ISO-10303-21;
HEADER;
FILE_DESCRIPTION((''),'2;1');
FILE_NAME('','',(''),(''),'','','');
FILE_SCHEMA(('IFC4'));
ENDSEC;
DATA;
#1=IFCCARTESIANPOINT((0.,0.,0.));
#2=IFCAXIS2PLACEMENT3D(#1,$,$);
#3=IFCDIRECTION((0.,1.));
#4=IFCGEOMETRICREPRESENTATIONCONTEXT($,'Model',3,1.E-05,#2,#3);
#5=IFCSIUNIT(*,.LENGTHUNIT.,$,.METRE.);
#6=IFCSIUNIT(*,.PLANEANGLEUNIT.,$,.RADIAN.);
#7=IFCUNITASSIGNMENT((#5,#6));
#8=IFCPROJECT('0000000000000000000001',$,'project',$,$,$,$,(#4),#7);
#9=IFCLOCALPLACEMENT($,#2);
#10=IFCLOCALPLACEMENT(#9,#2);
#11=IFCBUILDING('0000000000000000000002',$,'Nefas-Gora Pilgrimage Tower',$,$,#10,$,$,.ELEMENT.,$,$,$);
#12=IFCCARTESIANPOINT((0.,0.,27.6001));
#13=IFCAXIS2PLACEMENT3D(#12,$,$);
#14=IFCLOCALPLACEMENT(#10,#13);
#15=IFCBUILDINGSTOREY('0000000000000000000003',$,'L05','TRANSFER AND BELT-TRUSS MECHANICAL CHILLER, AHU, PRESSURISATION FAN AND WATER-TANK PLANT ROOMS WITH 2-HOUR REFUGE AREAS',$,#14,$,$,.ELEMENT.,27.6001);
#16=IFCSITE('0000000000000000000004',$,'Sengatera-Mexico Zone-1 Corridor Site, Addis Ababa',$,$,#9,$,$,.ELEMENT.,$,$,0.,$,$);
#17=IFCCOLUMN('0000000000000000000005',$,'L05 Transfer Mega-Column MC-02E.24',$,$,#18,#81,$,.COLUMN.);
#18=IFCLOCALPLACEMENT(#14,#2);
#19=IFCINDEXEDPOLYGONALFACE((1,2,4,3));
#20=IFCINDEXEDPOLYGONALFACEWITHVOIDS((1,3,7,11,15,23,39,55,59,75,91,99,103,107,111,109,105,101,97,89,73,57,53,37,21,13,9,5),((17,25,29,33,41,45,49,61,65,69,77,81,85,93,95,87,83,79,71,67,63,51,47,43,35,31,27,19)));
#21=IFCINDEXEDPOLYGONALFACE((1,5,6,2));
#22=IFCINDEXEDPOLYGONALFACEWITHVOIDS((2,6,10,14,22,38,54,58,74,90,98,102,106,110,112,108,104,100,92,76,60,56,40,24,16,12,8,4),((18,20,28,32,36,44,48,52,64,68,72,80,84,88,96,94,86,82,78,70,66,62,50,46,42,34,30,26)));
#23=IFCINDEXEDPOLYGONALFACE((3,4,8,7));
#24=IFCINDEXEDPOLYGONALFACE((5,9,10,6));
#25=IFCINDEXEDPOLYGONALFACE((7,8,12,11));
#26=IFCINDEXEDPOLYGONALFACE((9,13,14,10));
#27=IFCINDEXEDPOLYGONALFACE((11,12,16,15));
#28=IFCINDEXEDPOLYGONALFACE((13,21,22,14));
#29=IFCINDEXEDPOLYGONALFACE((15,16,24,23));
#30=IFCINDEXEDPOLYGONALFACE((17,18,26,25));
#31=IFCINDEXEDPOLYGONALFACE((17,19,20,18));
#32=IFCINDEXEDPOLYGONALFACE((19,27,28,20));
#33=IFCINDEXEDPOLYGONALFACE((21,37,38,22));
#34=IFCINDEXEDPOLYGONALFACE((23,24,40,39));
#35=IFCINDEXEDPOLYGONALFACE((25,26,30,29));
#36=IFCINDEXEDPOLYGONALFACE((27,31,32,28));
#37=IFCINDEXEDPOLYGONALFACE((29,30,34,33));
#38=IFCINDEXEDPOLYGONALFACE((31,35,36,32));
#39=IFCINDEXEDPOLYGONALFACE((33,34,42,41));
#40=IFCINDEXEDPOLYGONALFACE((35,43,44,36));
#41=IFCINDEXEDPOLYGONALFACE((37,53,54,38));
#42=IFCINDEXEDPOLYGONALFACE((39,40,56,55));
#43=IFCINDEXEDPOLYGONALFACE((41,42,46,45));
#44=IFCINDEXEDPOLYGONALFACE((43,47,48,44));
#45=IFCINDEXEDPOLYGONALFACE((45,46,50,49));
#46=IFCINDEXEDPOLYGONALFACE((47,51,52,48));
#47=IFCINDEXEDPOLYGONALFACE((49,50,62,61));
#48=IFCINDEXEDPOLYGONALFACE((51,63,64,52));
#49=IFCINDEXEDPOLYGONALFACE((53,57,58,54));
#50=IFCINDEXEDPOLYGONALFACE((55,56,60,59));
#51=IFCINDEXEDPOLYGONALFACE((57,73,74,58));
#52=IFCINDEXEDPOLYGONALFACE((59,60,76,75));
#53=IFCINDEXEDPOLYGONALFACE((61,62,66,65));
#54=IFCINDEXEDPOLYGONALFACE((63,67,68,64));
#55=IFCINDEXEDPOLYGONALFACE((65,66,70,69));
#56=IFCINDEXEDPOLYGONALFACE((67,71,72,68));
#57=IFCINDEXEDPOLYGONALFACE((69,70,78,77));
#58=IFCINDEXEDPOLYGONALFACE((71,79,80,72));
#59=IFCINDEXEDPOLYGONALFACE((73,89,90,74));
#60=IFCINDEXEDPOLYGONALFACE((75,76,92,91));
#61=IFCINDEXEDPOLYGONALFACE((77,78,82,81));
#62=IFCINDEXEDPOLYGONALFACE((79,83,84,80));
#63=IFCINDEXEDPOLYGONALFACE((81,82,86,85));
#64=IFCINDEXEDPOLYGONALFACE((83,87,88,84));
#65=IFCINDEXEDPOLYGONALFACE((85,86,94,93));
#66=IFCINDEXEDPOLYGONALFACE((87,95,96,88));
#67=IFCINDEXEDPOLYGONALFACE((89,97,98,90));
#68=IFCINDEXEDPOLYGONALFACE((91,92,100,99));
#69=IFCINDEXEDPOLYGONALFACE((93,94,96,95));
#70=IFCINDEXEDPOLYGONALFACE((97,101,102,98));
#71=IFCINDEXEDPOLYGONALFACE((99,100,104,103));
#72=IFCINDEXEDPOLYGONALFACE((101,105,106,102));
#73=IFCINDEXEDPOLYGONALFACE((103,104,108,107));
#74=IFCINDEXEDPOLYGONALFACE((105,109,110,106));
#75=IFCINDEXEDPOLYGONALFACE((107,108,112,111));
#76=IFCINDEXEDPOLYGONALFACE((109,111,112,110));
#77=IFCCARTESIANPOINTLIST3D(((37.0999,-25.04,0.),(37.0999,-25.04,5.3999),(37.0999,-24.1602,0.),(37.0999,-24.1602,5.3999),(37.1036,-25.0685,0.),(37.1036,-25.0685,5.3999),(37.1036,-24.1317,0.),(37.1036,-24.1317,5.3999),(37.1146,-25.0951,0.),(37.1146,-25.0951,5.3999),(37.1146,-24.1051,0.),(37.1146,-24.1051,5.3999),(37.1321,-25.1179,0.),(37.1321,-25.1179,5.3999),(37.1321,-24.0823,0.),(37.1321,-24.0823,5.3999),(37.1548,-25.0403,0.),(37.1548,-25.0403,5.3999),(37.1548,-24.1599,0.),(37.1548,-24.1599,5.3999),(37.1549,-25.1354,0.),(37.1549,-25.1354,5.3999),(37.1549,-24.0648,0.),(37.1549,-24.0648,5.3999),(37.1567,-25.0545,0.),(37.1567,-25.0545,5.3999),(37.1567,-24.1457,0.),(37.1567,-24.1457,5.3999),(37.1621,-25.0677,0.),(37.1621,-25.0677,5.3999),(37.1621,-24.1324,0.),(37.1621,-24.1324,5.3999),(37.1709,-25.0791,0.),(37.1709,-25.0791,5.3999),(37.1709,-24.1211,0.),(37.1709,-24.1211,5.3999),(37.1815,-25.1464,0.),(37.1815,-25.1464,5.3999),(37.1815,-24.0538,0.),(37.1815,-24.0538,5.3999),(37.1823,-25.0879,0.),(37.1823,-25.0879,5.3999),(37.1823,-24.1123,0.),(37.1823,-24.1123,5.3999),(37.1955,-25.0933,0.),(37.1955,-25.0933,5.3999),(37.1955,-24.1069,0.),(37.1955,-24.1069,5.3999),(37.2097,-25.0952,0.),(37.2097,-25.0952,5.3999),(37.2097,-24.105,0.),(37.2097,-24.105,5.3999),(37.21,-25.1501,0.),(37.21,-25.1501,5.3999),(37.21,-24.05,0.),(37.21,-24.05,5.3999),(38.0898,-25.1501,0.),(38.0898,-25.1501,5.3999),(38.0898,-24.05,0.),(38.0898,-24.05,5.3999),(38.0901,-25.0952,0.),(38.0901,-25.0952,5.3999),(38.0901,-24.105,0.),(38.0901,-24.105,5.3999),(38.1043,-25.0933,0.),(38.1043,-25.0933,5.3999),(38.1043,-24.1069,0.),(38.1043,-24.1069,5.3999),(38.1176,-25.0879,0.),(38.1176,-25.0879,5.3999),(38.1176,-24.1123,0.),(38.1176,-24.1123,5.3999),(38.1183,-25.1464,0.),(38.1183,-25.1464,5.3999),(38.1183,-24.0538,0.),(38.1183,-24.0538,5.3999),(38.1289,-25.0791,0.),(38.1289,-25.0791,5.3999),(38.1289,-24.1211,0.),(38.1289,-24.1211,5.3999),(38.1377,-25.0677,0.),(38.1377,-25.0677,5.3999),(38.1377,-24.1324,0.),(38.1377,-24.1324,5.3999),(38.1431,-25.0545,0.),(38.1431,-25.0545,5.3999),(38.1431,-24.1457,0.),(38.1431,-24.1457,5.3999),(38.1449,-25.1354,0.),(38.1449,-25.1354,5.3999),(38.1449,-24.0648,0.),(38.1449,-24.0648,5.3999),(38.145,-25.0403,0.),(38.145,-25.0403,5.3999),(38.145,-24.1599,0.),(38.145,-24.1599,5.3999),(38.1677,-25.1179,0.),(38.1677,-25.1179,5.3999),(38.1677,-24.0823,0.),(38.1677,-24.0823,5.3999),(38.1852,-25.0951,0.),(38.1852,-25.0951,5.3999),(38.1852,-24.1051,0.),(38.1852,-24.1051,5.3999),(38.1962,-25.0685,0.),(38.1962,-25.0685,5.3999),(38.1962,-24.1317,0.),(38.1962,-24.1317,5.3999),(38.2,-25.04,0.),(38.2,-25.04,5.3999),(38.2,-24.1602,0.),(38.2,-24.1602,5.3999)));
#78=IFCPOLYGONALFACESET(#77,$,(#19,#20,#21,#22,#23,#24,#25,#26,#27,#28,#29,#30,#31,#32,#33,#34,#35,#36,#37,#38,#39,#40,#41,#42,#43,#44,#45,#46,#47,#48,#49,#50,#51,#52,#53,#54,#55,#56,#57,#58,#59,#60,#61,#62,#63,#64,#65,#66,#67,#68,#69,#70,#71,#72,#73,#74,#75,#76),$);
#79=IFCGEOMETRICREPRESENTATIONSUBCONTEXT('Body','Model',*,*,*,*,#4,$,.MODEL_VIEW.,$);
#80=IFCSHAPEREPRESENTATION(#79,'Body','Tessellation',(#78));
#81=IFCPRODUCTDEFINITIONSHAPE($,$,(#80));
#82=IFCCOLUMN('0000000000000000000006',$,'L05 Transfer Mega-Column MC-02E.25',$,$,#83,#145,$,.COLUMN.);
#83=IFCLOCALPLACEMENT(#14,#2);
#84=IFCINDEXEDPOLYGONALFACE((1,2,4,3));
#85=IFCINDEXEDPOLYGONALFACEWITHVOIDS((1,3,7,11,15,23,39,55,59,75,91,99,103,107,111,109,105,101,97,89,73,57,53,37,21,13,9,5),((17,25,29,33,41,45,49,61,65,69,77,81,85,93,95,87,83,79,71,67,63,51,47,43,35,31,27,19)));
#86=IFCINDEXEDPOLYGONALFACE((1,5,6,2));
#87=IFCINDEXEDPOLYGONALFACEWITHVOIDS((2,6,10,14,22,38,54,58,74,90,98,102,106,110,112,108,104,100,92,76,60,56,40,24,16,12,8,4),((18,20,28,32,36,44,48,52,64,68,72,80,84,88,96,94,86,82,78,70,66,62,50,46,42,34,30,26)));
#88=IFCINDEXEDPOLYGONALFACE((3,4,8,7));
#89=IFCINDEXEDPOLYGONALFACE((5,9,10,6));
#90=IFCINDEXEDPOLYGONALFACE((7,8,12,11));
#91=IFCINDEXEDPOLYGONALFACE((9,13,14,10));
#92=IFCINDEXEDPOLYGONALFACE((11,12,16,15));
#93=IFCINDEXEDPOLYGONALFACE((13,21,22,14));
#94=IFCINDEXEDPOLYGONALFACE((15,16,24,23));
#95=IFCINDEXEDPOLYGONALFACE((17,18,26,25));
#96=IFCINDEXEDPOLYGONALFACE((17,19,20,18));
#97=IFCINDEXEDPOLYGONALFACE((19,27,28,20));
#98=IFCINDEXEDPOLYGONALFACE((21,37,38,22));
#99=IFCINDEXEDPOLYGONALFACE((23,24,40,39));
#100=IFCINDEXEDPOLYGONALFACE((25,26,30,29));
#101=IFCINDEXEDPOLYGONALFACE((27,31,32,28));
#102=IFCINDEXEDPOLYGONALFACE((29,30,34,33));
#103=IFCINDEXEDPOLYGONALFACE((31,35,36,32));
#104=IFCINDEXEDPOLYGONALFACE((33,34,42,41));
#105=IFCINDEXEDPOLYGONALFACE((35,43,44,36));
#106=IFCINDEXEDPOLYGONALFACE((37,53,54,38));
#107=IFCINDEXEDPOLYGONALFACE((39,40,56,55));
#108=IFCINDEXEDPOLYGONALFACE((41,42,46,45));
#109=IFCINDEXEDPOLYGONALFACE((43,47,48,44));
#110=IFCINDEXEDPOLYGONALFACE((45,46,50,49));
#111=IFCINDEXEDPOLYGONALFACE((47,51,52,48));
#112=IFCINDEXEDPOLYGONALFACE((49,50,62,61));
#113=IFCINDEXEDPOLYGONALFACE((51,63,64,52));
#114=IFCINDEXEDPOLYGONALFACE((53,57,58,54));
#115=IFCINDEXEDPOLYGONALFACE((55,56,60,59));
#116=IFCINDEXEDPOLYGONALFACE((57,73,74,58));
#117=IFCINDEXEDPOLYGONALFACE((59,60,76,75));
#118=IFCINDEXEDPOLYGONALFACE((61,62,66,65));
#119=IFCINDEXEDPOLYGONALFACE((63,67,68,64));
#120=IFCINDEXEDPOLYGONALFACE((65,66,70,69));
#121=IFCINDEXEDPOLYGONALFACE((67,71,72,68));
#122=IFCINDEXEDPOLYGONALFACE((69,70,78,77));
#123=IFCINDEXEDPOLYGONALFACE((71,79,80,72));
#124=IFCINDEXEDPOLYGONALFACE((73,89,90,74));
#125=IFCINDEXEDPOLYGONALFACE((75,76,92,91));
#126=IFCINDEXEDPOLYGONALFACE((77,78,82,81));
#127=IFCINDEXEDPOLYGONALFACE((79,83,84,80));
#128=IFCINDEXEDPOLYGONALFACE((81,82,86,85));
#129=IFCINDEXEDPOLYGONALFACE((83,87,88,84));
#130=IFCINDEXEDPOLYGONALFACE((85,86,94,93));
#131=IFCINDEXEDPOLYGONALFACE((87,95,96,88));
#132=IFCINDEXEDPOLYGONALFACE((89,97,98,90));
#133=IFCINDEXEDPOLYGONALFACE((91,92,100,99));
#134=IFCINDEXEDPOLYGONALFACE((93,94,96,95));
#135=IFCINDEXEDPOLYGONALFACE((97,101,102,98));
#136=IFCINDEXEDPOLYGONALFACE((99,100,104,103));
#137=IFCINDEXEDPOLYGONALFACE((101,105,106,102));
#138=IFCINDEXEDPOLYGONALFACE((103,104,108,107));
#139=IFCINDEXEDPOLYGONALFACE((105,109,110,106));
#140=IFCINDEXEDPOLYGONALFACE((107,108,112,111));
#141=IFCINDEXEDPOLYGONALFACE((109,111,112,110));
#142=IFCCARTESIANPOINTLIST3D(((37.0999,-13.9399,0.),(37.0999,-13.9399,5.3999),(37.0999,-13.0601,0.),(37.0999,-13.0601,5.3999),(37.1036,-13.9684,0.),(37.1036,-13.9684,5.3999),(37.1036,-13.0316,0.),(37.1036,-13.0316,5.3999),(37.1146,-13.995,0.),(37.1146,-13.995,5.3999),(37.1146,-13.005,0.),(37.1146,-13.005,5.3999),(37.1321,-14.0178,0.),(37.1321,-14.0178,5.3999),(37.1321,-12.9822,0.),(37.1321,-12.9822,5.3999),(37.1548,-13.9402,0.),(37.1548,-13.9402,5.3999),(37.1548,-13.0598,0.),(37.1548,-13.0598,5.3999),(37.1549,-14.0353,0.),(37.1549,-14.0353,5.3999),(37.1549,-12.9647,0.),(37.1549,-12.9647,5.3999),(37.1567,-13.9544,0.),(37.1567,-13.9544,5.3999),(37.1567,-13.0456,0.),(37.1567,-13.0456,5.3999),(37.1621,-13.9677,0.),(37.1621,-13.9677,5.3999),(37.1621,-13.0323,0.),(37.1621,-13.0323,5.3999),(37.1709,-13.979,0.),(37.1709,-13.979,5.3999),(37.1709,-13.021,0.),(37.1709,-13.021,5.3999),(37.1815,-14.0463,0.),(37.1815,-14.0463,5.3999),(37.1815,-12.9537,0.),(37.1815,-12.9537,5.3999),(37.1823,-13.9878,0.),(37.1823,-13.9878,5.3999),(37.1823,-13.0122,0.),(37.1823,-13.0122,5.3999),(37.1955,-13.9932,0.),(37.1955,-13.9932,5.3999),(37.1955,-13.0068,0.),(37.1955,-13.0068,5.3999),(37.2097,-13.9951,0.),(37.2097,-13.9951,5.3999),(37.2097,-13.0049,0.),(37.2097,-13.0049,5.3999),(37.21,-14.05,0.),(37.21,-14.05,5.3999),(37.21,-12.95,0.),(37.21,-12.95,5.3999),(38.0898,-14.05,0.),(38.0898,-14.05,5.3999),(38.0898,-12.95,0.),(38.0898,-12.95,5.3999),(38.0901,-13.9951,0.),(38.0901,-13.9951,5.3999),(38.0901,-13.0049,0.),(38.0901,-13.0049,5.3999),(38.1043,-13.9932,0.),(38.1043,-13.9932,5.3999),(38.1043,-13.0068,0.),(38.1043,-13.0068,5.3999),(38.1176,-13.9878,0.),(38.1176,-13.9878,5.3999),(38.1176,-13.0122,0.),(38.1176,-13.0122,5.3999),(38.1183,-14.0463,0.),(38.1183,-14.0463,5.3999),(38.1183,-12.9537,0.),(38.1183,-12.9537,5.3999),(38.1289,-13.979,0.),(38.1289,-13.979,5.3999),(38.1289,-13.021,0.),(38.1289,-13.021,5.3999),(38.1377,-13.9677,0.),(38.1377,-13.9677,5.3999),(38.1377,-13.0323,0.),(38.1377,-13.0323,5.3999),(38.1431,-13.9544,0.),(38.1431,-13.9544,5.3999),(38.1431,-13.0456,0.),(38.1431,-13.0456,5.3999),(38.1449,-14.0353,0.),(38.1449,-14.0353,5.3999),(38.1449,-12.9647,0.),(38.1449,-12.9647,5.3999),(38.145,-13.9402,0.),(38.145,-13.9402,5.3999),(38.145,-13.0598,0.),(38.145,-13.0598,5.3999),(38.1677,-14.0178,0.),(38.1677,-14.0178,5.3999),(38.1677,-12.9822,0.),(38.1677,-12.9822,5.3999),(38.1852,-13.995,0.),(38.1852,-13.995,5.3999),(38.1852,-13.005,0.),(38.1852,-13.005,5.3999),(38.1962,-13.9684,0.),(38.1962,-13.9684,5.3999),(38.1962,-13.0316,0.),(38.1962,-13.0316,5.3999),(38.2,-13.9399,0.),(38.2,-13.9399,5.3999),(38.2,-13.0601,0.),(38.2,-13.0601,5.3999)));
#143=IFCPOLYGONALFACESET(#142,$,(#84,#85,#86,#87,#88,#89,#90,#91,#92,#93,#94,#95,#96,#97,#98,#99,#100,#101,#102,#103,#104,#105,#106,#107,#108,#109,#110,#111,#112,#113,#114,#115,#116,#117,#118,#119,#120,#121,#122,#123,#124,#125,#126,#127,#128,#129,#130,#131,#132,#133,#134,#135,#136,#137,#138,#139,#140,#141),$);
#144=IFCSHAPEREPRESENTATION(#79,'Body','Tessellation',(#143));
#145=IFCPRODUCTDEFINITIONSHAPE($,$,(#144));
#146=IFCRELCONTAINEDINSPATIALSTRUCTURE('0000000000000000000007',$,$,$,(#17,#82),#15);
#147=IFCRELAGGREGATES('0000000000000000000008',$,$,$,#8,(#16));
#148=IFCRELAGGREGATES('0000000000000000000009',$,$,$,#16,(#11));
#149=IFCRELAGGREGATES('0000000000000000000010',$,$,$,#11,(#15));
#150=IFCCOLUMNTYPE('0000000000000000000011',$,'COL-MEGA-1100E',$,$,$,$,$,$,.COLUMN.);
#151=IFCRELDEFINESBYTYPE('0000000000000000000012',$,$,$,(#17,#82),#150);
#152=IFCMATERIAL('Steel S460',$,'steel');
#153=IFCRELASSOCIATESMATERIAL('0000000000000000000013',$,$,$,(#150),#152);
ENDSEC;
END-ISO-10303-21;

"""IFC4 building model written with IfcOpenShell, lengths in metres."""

from ifc_helpers import new_model, si_unit, direction, frame, origin, origin_2d, place, context, subcontext, project, spatial, hollow_rectangle, extrude, source, transform, mapped, material, material_profile, profile_set, type_object, element, save


model = new_model("IFC4")

# Units and contexts
model_context = context("Model", 3, precision=1e-05, world=origin(), true_north=direction((0.0, 1.0)))
body_context = subcontext(model_context, "Body", "Model", "MODEL_VIEW")
ifc_project = project(units=[si_unit("LENGTHUNIT", "METRE"), si_unit("PLANEANGLEUNIT", "RADIAN")], contexts=[model_context])

# Site, building, storey
site_placement = place(None, origin())
site = spatial("IfcSite", under=ifc_project, at=site_placement, Name="Sengatera-Mexico Zone-1 Corridor Site, Addis Ababa", CompositionType="ELEMENT", RefElevation=0.0)
building_placement = place(site_placement, origin())
building = spatial("IfcBuilding", under=site, at=building_placement, Name="Nefas-Gora Pilgrimage Tower", CompositionType="ELEMENT")
storey_placement = place(building_placement, frame((0.0, 0.0, 27.6001)))
storey = spatial("IfcBuildingStorey", under=building, at=storey_placement, Name="L05", Description="TRANSFER AND BELT-TRUSS MECHANICAL CHILLER, AHU, PRESSURISATION FAN AND WATER-TANK PLANT ROOMS WITH 2-HOUR REFUGE AREAS", CompositionType="ELEMENT", Elevation=27.6001)

# Columns
ifc_material_1 = material(Name="Steel S460", Category="steel")
ifc_material_profile_1 = material_profile(ifc_material_1, hollow_rectangle(XDim=1.1001, YDim=1.1001, WallThickness=0.0549, InnerFilletRadius=0.0549, OuterFilletRadius=0.1101, at=origin_2d()), Name="BOX 1100x1100x55")
ifc_profile_set_1 = profile_set([ifc_material_profile_1], Name="Steel S460")
column_type_1 = type_object("IfcColumnType", Name="COL-MEGA-1100E", PredefinedType="COLUMN", material=ifc_profile_set_1)
shared_shape_1 = source(origin(), body_context, "Body", "SweptSolid", [
    extrude(hollow_rectangle(XDim=1.1001, YDim=1.1001, WallThickness=0.0549, InnerFilletRadius=0.0549, OuterFilletRadius=0.1101, at=origin_2d()), origin(), (0.0, 0.0, 1.0), 5.3999),
])
for number, where, z_axis, x_axis, name in (
    (1, (37.6499, -24.6001, 0.0), (0.0, 0.0, 1.0), (1.0, 0.0, 0.0), "L05 Transfer Mega-Column MC-02E.24"),
    (2, (37.6499, -13.5, 0.0), (0.0, 0.0, 1.0), (1.0, 0.0, 0.0), "L05 Transfer Mega-Column MC-02E.25"),
):
    element("IfcColumn", number, at=place(storey_placement, frame(where, z_axis=z_axis, x_axis=x_axis)), inside=storey, type_object=column_type_1, Name=name, PredefinedType="COLUMN", context=body_context, shape_type="MappedRepresentation", body=[
        mapped(shared_shape_1, transform((0.0, 0.0, 0.0), x_axis=(1.0, 0.0, 0.0), y_axis=(0.0, 1.0, 0.0), z_axis=(0.0, 0.0, 1.0), scale=1.0)),
    ])

save(model, "model.ifc")
